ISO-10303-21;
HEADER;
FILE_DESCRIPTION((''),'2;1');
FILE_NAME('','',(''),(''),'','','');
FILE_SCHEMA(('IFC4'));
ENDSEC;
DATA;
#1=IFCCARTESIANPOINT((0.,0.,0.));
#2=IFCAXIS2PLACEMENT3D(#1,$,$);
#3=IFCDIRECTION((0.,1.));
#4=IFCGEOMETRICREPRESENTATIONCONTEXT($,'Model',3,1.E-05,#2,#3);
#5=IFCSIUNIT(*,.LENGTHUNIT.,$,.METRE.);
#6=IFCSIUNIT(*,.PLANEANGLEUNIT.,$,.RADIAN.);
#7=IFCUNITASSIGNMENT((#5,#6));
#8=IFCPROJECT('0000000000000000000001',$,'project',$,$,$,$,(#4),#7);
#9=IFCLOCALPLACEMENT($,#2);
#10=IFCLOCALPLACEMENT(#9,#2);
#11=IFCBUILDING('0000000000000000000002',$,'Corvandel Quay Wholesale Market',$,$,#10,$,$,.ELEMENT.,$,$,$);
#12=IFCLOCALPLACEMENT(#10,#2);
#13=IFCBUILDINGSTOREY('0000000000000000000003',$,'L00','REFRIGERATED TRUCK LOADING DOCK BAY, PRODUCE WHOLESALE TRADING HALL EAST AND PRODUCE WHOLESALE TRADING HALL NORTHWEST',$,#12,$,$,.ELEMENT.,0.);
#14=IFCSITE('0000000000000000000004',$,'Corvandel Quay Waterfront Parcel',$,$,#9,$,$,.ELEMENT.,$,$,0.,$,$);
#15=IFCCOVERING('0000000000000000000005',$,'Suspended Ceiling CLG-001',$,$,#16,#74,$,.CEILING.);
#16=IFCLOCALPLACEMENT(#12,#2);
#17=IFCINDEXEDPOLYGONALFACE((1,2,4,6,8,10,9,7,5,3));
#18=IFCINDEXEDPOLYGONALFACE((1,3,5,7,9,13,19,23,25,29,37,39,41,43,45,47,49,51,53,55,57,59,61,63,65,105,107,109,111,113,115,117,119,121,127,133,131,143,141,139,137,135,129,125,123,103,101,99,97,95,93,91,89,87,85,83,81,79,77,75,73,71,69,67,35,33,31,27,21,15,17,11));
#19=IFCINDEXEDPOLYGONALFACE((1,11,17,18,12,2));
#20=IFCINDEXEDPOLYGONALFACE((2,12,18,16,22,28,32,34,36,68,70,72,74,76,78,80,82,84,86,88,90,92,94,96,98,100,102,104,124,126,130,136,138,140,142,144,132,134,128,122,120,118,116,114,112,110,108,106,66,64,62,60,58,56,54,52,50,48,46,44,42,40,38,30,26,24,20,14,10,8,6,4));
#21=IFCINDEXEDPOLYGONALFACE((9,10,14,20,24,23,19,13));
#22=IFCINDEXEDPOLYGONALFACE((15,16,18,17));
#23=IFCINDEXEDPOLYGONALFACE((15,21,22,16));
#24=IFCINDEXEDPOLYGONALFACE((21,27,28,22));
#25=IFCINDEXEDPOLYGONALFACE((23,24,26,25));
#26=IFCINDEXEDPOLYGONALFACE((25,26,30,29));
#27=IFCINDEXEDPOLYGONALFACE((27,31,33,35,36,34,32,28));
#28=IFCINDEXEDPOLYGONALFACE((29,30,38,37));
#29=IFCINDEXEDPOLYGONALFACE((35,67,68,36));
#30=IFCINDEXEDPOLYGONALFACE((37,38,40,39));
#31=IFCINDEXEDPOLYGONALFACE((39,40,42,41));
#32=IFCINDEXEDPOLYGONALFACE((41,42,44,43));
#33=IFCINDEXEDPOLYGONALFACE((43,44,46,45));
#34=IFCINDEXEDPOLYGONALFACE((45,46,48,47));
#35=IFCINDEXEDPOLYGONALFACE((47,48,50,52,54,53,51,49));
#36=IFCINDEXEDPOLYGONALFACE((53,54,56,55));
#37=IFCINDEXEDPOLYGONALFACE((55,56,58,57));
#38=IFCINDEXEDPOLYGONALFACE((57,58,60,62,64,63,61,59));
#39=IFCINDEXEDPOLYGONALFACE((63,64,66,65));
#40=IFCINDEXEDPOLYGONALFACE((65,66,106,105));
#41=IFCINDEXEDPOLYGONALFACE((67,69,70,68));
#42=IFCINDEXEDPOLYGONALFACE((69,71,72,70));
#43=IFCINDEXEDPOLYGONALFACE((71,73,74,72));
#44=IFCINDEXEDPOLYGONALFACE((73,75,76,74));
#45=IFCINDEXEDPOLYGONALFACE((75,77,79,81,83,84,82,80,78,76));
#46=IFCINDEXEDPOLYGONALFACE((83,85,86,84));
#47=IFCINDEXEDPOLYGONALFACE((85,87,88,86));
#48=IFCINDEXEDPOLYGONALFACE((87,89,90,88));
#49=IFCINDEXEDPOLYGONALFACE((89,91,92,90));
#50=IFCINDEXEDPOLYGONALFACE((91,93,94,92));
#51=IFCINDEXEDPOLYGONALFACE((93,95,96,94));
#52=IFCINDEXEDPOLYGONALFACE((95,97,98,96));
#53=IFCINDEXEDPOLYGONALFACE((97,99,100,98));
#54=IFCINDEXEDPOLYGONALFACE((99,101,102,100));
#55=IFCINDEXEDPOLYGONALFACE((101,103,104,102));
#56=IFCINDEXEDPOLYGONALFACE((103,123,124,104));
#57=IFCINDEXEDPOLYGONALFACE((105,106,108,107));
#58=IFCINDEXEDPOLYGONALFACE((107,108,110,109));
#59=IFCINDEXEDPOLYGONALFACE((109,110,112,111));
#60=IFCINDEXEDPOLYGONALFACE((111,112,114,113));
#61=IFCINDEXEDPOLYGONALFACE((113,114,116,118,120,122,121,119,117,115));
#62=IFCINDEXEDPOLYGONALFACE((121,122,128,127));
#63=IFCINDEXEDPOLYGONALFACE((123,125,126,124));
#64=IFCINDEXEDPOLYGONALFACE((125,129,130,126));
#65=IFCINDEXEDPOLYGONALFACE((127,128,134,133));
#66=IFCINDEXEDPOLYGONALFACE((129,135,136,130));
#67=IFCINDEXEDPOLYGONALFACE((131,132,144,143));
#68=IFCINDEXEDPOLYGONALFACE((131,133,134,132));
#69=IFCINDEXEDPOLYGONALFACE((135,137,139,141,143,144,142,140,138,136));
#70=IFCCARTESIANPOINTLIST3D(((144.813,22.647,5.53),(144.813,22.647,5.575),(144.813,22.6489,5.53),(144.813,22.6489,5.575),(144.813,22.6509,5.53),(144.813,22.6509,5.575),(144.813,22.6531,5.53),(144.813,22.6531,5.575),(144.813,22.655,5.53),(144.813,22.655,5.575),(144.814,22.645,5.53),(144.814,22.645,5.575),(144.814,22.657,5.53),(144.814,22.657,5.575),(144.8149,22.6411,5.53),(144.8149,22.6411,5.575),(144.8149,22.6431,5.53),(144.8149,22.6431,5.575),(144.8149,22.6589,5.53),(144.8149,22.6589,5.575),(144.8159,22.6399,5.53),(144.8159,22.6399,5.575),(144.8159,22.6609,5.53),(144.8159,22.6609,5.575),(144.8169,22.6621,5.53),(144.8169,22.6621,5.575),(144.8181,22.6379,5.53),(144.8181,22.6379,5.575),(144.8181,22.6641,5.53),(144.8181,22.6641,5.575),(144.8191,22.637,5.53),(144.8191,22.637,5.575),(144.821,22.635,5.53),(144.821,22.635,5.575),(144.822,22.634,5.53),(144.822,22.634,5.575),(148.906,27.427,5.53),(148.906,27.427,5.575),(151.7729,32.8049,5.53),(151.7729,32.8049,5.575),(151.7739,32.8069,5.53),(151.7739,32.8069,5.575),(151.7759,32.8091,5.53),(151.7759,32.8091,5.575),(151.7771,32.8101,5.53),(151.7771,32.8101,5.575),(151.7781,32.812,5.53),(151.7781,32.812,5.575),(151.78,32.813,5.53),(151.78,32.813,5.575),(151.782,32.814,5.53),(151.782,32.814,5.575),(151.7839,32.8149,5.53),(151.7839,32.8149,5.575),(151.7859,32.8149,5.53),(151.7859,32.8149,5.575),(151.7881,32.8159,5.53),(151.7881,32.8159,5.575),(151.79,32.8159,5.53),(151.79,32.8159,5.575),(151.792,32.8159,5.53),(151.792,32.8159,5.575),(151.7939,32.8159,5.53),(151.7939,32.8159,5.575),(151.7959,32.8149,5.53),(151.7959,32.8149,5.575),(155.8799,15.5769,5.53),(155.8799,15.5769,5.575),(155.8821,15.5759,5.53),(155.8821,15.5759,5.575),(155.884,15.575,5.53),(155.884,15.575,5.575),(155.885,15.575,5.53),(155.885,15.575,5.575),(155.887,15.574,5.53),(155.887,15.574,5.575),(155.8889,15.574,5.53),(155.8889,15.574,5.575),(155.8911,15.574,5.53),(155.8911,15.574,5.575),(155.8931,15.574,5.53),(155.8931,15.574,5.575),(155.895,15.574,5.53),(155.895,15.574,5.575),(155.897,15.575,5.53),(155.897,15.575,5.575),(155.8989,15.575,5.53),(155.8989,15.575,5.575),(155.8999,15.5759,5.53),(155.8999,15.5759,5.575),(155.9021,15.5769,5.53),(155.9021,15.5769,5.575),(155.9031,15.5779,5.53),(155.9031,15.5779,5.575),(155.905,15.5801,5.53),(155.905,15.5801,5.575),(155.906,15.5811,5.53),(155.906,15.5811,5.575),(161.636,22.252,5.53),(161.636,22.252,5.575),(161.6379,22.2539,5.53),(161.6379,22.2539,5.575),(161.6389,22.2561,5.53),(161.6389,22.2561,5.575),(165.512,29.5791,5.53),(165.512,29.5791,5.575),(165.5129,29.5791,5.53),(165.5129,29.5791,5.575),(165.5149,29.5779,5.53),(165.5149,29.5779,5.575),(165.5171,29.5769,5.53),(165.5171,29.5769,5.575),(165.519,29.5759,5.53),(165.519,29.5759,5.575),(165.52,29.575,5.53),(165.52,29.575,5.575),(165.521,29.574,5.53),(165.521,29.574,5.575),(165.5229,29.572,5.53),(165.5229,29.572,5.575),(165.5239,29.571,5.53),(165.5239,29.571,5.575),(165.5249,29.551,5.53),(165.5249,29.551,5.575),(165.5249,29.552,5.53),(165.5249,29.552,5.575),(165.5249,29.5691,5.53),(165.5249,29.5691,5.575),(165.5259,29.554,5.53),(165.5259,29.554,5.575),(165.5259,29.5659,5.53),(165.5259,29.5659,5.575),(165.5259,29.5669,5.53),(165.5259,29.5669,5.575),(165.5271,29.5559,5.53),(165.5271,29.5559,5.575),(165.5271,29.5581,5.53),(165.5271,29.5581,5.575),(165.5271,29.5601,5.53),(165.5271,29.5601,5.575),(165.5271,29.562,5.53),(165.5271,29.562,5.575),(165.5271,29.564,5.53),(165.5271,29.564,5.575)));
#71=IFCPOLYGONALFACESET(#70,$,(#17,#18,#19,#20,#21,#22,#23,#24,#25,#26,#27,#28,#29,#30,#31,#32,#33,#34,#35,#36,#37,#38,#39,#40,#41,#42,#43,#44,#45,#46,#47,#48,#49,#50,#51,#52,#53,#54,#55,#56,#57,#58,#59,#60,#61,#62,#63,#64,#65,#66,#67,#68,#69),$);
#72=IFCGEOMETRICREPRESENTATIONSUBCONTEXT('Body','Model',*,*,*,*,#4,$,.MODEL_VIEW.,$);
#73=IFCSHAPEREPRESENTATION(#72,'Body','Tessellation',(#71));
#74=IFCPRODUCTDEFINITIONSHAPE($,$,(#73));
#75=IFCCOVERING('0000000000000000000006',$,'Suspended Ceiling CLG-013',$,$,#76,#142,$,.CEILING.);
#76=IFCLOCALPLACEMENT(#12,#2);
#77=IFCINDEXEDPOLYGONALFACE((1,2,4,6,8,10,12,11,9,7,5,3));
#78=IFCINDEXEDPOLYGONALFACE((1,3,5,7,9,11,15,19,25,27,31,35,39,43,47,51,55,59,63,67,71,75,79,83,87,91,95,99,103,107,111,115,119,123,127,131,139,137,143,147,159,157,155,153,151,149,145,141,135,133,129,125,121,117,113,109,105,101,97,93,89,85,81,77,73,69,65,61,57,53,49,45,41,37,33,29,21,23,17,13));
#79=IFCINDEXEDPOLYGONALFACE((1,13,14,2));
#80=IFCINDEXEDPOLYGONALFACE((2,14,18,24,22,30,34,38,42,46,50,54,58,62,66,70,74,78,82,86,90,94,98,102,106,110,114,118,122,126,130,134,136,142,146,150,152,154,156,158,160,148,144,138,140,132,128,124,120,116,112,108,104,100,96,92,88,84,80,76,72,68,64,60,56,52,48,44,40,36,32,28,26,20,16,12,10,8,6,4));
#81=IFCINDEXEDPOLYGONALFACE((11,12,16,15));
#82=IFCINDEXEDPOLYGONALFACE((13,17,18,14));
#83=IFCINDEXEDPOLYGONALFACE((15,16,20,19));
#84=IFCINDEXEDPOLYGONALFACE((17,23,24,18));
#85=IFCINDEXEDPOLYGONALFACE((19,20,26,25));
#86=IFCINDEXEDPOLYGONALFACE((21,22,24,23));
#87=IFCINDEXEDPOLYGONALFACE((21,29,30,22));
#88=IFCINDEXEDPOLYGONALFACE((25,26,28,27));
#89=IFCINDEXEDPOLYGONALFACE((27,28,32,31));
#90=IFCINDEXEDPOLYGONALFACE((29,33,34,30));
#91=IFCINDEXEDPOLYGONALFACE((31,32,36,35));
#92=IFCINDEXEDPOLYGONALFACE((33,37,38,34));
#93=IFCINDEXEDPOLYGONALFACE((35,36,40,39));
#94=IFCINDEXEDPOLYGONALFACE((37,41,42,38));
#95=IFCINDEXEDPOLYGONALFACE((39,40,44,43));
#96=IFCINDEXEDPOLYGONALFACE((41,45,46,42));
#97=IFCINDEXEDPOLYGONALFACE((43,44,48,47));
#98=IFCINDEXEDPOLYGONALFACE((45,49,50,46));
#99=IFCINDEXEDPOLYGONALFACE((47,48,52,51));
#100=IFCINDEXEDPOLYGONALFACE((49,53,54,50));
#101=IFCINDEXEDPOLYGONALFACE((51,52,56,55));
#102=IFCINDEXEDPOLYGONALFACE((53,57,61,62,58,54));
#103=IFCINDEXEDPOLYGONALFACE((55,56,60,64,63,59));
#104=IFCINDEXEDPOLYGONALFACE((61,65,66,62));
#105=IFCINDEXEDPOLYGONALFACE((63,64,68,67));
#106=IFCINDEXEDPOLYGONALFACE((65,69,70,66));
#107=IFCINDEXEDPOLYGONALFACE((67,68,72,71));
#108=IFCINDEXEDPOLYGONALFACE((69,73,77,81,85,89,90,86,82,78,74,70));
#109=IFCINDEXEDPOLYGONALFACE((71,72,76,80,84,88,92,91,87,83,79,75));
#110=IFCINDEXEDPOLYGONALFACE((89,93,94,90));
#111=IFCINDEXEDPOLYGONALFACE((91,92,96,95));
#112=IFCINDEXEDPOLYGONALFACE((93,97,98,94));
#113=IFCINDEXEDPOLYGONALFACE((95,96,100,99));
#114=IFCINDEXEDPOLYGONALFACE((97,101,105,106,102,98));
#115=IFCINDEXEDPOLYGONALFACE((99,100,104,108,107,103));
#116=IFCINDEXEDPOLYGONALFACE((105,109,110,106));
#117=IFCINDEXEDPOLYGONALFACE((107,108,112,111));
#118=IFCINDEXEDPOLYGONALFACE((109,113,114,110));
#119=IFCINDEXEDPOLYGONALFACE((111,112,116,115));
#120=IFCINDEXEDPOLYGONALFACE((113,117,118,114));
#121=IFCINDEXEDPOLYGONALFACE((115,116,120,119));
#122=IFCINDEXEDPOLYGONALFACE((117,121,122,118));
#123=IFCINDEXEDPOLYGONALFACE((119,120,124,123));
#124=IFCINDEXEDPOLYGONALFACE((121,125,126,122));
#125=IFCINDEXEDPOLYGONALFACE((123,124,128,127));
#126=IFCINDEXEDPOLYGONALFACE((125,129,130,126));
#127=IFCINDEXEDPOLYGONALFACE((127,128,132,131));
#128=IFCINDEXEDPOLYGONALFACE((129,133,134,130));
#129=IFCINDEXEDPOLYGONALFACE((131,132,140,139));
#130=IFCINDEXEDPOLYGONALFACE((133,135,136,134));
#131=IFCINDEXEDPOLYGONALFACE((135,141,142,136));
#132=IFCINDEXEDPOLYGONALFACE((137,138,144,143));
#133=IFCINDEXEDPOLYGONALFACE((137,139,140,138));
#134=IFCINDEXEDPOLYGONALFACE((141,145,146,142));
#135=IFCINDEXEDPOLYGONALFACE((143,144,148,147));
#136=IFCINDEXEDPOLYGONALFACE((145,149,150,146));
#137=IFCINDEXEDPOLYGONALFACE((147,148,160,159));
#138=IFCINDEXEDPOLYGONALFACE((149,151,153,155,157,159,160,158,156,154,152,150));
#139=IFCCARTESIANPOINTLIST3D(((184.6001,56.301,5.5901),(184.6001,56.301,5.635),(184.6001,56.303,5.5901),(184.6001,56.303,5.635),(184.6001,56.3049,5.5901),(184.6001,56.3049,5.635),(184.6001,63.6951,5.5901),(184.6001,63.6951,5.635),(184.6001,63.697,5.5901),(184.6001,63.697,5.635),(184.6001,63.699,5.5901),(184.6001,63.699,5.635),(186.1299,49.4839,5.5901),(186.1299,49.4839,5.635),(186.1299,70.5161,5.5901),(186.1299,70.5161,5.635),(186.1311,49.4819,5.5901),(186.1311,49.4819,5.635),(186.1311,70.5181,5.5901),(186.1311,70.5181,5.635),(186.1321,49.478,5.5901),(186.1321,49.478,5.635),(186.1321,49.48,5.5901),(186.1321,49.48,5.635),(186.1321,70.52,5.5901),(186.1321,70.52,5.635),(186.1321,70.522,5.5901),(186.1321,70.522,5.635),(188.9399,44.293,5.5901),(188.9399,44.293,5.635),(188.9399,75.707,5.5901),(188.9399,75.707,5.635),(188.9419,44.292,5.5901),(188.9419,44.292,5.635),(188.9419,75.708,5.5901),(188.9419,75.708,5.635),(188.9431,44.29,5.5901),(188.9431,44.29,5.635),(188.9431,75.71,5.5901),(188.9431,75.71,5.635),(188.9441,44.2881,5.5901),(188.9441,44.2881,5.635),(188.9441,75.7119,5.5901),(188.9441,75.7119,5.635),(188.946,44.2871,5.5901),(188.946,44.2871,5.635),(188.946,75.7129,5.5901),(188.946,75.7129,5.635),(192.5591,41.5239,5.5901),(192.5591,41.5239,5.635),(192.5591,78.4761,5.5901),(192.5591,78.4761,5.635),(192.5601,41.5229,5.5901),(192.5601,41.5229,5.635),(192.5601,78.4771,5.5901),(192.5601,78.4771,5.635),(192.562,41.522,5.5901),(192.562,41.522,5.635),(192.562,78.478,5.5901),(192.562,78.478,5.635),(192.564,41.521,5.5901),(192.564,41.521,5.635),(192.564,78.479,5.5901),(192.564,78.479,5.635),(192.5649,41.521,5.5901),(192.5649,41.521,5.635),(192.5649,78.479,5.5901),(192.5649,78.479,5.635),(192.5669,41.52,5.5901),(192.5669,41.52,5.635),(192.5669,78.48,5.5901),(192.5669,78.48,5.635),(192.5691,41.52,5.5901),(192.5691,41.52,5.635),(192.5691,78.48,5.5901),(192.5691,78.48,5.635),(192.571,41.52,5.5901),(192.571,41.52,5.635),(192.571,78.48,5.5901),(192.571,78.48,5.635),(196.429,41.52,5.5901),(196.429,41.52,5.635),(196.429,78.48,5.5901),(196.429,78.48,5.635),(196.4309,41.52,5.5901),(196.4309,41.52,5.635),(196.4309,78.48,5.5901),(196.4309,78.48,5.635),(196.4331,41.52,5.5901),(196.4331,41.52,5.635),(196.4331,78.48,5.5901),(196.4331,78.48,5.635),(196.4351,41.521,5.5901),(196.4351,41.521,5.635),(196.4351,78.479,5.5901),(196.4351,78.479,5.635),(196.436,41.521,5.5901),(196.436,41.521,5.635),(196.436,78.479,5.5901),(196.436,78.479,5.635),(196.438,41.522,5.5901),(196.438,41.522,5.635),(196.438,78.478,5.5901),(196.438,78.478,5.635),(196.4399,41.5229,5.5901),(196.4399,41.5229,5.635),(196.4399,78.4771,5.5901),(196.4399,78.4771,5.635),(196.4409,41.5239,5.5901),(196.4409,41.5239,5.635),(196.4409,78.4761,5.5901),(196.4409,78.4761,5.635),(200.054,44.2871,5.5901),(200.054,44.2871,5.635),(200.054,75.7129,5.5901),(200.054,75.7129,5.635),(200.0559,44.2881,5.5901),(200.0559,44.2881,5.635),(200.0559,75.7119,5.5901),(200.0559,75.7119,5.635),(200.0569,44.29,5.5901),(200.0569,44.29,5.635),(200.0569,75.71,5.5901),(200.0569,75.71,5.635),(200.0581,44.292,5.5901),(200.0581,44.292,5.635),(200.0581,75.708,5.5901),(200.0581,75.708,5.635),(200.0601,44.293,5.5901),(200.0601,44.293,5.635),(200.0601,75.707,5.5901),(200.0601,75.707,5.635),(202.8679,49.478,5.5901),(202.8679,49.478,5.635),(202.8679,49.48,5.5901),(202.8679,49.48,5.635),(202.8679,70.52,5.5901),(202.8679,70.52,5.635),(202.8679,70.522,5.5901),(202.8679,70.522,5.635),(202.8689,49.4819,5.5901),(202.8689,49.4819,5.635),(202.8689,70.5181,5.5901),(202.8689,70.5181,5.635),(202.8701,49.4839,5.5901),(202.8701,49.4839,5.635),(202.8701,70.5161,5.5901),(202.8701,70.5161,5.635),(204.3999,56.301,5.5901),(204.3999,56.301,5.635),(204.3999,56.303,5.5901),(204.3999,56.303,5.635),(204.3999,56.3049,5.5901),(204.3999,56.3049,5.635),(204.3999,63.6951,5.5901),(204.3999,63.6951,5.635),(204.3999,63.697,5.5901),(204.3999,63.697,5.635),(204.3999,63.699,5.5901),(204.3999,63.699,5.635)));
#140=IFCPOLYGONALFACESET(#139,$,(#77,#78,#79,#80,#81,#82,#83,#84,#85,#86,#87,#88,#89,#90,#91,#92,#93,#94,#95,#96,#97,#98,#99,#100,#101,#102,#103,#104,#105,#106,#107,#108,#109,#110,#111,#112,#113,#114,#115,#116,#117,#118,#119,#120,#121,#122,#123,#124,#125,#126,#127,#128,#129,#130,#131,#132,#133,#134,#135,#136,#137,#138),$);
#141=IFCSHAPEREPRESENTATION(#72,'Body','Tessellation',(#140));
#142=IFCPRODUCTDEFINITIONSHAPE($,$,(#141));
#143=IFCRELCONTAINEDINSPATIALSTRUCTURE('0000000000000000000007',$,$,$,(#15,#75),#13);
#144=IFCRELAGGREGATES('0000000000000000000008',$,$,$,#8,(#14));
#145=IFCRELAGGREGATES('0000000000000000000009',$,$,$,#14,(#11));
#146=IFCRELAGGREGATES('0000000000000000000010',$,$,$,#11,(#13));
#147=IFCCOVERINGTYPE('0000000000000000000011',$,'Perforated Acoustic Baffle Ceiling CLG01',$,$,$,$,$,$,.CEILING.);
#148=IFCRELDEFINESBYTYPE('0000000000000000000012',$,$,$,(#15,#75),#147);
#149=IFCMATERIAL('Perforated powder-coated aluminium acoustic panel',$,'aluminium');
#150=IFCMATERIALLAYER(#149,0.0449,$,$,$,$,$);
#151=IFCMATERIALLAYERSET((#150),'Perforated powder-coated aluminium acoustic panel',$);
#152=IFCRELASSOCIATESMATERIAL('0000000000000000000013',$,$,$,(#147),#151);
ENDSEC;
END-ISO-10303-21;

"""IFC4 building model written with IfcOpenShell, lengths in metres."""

from ifc_helpers import new_model, si_unit, direction, frame, origin, place, context, subcontext, project, spatial, polyline, outline, extrude, material, layer, layer_set, type_object, element, save


model = new_model("IFC4")

# Units and contexts
model_context = context("Model", 3, precision=1e-05, world=origin(), true_north=direction((0.0, 1.0)))
body_context = subcontext(model_context, "Body", "Model", "MODEL_VIEW")
ifc_project = project(units=[si_unit("LENGTHUNIT", "METRE"), si_unit("PLANEANGLEUNIT", "RADIAN")], contexts=[model_context])

# Site, building, storey
site_placement = place(None, origin())
site = spatial("IfcSite", under=ifc_project, at=site_placement, Name="Corvandel Quay Waterfront Parcel", CompositionType="ELEMENT", RefElevation=0.0)
building_placement = place(site_placement, origin())
building = spatial("IfcBuilding", under=site, at=building_placement, Name="Corvandel Quay Wholesale Market", CompositionType="ELEMENT")
storey_placement = place(building_placement, origin())
storey = spatial("IfcBuildingStorey", under=building, at=storey_placement, Name="L00", Description="REFRIGERATED TRUCK LOADING DOCK BAY, PRODUCE WHOLESALE TRADING HALL EAST AND PRODUCE WHOLESALE TRADING HALL NORTHWEST", CompositionType="ELEMENT", Elevation=0.0)

# Coverings
ifc_material_1 = material(Name="Perforated powder-coated aluminium acoustic panel", Category="aluminium")
ifc_layer_1 = layer(ifc_material_1, 0.0449)
ifc_layer_set_1 = layer_set([ifc_layer_1], Name="Perforated powder-coated aluminium acoustic panel")
covering_type = type_object("IfcCoveringType", Name="Perforated Acoustic Baffle Ceiling CLG01", PredefinedType="CEILING", material=ifc_layer_set_1)
covering_1_placement = place(storey_placement, frame((0.0, 0.0, 5.53)))
element("IfcCovering", 1, at=covering_1_placement, inside=storey, type_object=covering_type, Name="Suspended Ceiling CLG-001", PredefinedType="CEILING", context=body_context, shape_type="SweptSolid", body=[
    extrude(outline(polyline([(144.821, 22.635), (144.8191, 22.637), (144.8181, 22.6379), (144.8159, 22.6399), (144.8149, 22.6411), (144.8149, 22.6431), (144.814, 22.645), (144.813, 22.647), (144.813, 22.6489), (144.813, 22.6509), (144.813, 22.6531), (144.813, 22.655), (144.814, 22.657), (144.8149, 22.6589), (144.8159, 22.6609), (144.8169, 22.6621), (144.8181, 22.6641), (148.906, 27.427), (151.7729, 32.8049), (151.7739, 32.8069), (151.7759, 32.8091), (151.7771, 32.8101), (151.7781, 32.812), (151.78, 32.813), (151.782, 32.814), (151.7839, 32.8149), (151.7859, 32.8149), (151.7881, 32.8159), (151.79, 32.8159), (151.792, 32.8159), (151.7939, 32.8159), (151.7959, 32.8149), (165.512, 29.5791), (165.5129, 29.5791), (165.5149, 29.5779), (165.5171, 29.5769), (165.519, 29.5759), (165.52, 29.575), (165.521, 29.574), (165.5229, 29.572), (165.5239, 29.571), (165.5249, 29.5691), (165.5259, 29.5669), (165.5259, 29.5659), (165.5271, 29.564), (165.5271, 29.562), (165.5271, 29.5601), (165.5271, 29.5581), (165.5271, 29.5559), (165.5259, 29.554), (165.5249, 29.552), (165.5249, 29.551), (161.6389, 22.2561), (161.6379, 22.2539), (161.636, 22.252), (155.906, 15.5811), (155.905, 15.5801), (155.9031, 15.5779), (155.9021, 15.5769), (155.8999, 15.5759), (155.8989, 15.575), (155.897, 15.575), (155.895, 15.574), (155.8931, 15.574), (155.8911, 15.574), (155.8889, 15.574), (155.887, 15.574), (155.885, 15.575), (155.884, 15.575), (155.8821, 15.5759), (155.8799, 15.5769), (144.822, 22.634), (144.821, 22.635)])), origin(), (0.0, 0.0, 1.0), 0.0449),
])
covering_2_placement = place(storey_placement, frame((0.0, 0.0, 5.5901)))
element("IfcCovering", 2, at=covering_2_placement, inside=storey, type_object=covering_type, Name="Suspended Ceiling CLG-013", PredefinedType="CEILING", context=body_context, shape_type="SweptSolid", body=[
    extrude(outline(polyline([(204.3999, 56.303), (204.3999, 56.301), (202.8701, 49.4839), (202.8689, 49.4819), (202.8679, 49.48), (202.8679, 49.478), (200.0601, 44.293), (200.0581, 44.292), (200.0569, 44.29), (200.0559, 44.2881), (200.054, 44.2871), (196.4409, 41.5239), (196.4399, 41.5229), (196.438, 41.522), (196.436, 41.521), (196.4351, 41.521), (196.4331, 41.52), (196.4309, 41.52), (196.429, 41.52), (192.571, 41.52), (192.5691, 41.52), (192.5669, 41.52), (192.5649, 41.521), (192.564, 41.521), (192.562, 41.522), (192.5601, 41.5229), (192.5591, 41.5239), (188.946, 44.2871), (188.9441, 44.2881), (188.9431, 44.29), (188.9419, 44.292), (188.9399, 44.293), (186.1321, 49.478), (186.1321, 49.48), (186.1311, 49.4819), (186.1299, 49.4839), (184.6001, 56.301), (184.6001, 56.303), (184.6001, 56.3049), (184.6001, 63.6951), (184.6001, 63.697), (184.6001, 63.699), (186.1299, 70.5161), (186.1311, 70.5181), (186.1321, 70.52), (186.1321, 70.522), (188.9399, 75.707), (188.9419, 75.708), (188.9431, 75.71), (188.9441, 75.7119), (188.946, 75.7129), (192.5591, 78.4761), (192.5601, 78.4771), (192.562, 78.478), (192.564, 78.479), (192.5649, 78.479), (192.5669, 78.48), (192.5691, 78.48), (192.571, 78.48), (196.429, 78.48), (196.4309, 78.48), (196.4331, 78.48), (196.4351, 78.479), (196.436, 78.479), (196.438, 78.478), (196.4399, 78.4771), (196.4409, 78.4761), (200.054, 75.7129), (200.0559, 75.7119), (200.0569, 75.71), (200.0581, 75.708), (200.0601, 75.707), (202.8679, 70.522), (202.8679, 70.52), (202.8689, 70.5181), (202.8701, 70.5161), (204.3999, 63.699), (204.3999, 63.697), (204.3999, 63.6951), (204.3999, 56.3049), (204.3999, 56.303)])), origin(), (0.0, 0.0, 1.0), 0.0449),
])

save(model, "model.ifc")
